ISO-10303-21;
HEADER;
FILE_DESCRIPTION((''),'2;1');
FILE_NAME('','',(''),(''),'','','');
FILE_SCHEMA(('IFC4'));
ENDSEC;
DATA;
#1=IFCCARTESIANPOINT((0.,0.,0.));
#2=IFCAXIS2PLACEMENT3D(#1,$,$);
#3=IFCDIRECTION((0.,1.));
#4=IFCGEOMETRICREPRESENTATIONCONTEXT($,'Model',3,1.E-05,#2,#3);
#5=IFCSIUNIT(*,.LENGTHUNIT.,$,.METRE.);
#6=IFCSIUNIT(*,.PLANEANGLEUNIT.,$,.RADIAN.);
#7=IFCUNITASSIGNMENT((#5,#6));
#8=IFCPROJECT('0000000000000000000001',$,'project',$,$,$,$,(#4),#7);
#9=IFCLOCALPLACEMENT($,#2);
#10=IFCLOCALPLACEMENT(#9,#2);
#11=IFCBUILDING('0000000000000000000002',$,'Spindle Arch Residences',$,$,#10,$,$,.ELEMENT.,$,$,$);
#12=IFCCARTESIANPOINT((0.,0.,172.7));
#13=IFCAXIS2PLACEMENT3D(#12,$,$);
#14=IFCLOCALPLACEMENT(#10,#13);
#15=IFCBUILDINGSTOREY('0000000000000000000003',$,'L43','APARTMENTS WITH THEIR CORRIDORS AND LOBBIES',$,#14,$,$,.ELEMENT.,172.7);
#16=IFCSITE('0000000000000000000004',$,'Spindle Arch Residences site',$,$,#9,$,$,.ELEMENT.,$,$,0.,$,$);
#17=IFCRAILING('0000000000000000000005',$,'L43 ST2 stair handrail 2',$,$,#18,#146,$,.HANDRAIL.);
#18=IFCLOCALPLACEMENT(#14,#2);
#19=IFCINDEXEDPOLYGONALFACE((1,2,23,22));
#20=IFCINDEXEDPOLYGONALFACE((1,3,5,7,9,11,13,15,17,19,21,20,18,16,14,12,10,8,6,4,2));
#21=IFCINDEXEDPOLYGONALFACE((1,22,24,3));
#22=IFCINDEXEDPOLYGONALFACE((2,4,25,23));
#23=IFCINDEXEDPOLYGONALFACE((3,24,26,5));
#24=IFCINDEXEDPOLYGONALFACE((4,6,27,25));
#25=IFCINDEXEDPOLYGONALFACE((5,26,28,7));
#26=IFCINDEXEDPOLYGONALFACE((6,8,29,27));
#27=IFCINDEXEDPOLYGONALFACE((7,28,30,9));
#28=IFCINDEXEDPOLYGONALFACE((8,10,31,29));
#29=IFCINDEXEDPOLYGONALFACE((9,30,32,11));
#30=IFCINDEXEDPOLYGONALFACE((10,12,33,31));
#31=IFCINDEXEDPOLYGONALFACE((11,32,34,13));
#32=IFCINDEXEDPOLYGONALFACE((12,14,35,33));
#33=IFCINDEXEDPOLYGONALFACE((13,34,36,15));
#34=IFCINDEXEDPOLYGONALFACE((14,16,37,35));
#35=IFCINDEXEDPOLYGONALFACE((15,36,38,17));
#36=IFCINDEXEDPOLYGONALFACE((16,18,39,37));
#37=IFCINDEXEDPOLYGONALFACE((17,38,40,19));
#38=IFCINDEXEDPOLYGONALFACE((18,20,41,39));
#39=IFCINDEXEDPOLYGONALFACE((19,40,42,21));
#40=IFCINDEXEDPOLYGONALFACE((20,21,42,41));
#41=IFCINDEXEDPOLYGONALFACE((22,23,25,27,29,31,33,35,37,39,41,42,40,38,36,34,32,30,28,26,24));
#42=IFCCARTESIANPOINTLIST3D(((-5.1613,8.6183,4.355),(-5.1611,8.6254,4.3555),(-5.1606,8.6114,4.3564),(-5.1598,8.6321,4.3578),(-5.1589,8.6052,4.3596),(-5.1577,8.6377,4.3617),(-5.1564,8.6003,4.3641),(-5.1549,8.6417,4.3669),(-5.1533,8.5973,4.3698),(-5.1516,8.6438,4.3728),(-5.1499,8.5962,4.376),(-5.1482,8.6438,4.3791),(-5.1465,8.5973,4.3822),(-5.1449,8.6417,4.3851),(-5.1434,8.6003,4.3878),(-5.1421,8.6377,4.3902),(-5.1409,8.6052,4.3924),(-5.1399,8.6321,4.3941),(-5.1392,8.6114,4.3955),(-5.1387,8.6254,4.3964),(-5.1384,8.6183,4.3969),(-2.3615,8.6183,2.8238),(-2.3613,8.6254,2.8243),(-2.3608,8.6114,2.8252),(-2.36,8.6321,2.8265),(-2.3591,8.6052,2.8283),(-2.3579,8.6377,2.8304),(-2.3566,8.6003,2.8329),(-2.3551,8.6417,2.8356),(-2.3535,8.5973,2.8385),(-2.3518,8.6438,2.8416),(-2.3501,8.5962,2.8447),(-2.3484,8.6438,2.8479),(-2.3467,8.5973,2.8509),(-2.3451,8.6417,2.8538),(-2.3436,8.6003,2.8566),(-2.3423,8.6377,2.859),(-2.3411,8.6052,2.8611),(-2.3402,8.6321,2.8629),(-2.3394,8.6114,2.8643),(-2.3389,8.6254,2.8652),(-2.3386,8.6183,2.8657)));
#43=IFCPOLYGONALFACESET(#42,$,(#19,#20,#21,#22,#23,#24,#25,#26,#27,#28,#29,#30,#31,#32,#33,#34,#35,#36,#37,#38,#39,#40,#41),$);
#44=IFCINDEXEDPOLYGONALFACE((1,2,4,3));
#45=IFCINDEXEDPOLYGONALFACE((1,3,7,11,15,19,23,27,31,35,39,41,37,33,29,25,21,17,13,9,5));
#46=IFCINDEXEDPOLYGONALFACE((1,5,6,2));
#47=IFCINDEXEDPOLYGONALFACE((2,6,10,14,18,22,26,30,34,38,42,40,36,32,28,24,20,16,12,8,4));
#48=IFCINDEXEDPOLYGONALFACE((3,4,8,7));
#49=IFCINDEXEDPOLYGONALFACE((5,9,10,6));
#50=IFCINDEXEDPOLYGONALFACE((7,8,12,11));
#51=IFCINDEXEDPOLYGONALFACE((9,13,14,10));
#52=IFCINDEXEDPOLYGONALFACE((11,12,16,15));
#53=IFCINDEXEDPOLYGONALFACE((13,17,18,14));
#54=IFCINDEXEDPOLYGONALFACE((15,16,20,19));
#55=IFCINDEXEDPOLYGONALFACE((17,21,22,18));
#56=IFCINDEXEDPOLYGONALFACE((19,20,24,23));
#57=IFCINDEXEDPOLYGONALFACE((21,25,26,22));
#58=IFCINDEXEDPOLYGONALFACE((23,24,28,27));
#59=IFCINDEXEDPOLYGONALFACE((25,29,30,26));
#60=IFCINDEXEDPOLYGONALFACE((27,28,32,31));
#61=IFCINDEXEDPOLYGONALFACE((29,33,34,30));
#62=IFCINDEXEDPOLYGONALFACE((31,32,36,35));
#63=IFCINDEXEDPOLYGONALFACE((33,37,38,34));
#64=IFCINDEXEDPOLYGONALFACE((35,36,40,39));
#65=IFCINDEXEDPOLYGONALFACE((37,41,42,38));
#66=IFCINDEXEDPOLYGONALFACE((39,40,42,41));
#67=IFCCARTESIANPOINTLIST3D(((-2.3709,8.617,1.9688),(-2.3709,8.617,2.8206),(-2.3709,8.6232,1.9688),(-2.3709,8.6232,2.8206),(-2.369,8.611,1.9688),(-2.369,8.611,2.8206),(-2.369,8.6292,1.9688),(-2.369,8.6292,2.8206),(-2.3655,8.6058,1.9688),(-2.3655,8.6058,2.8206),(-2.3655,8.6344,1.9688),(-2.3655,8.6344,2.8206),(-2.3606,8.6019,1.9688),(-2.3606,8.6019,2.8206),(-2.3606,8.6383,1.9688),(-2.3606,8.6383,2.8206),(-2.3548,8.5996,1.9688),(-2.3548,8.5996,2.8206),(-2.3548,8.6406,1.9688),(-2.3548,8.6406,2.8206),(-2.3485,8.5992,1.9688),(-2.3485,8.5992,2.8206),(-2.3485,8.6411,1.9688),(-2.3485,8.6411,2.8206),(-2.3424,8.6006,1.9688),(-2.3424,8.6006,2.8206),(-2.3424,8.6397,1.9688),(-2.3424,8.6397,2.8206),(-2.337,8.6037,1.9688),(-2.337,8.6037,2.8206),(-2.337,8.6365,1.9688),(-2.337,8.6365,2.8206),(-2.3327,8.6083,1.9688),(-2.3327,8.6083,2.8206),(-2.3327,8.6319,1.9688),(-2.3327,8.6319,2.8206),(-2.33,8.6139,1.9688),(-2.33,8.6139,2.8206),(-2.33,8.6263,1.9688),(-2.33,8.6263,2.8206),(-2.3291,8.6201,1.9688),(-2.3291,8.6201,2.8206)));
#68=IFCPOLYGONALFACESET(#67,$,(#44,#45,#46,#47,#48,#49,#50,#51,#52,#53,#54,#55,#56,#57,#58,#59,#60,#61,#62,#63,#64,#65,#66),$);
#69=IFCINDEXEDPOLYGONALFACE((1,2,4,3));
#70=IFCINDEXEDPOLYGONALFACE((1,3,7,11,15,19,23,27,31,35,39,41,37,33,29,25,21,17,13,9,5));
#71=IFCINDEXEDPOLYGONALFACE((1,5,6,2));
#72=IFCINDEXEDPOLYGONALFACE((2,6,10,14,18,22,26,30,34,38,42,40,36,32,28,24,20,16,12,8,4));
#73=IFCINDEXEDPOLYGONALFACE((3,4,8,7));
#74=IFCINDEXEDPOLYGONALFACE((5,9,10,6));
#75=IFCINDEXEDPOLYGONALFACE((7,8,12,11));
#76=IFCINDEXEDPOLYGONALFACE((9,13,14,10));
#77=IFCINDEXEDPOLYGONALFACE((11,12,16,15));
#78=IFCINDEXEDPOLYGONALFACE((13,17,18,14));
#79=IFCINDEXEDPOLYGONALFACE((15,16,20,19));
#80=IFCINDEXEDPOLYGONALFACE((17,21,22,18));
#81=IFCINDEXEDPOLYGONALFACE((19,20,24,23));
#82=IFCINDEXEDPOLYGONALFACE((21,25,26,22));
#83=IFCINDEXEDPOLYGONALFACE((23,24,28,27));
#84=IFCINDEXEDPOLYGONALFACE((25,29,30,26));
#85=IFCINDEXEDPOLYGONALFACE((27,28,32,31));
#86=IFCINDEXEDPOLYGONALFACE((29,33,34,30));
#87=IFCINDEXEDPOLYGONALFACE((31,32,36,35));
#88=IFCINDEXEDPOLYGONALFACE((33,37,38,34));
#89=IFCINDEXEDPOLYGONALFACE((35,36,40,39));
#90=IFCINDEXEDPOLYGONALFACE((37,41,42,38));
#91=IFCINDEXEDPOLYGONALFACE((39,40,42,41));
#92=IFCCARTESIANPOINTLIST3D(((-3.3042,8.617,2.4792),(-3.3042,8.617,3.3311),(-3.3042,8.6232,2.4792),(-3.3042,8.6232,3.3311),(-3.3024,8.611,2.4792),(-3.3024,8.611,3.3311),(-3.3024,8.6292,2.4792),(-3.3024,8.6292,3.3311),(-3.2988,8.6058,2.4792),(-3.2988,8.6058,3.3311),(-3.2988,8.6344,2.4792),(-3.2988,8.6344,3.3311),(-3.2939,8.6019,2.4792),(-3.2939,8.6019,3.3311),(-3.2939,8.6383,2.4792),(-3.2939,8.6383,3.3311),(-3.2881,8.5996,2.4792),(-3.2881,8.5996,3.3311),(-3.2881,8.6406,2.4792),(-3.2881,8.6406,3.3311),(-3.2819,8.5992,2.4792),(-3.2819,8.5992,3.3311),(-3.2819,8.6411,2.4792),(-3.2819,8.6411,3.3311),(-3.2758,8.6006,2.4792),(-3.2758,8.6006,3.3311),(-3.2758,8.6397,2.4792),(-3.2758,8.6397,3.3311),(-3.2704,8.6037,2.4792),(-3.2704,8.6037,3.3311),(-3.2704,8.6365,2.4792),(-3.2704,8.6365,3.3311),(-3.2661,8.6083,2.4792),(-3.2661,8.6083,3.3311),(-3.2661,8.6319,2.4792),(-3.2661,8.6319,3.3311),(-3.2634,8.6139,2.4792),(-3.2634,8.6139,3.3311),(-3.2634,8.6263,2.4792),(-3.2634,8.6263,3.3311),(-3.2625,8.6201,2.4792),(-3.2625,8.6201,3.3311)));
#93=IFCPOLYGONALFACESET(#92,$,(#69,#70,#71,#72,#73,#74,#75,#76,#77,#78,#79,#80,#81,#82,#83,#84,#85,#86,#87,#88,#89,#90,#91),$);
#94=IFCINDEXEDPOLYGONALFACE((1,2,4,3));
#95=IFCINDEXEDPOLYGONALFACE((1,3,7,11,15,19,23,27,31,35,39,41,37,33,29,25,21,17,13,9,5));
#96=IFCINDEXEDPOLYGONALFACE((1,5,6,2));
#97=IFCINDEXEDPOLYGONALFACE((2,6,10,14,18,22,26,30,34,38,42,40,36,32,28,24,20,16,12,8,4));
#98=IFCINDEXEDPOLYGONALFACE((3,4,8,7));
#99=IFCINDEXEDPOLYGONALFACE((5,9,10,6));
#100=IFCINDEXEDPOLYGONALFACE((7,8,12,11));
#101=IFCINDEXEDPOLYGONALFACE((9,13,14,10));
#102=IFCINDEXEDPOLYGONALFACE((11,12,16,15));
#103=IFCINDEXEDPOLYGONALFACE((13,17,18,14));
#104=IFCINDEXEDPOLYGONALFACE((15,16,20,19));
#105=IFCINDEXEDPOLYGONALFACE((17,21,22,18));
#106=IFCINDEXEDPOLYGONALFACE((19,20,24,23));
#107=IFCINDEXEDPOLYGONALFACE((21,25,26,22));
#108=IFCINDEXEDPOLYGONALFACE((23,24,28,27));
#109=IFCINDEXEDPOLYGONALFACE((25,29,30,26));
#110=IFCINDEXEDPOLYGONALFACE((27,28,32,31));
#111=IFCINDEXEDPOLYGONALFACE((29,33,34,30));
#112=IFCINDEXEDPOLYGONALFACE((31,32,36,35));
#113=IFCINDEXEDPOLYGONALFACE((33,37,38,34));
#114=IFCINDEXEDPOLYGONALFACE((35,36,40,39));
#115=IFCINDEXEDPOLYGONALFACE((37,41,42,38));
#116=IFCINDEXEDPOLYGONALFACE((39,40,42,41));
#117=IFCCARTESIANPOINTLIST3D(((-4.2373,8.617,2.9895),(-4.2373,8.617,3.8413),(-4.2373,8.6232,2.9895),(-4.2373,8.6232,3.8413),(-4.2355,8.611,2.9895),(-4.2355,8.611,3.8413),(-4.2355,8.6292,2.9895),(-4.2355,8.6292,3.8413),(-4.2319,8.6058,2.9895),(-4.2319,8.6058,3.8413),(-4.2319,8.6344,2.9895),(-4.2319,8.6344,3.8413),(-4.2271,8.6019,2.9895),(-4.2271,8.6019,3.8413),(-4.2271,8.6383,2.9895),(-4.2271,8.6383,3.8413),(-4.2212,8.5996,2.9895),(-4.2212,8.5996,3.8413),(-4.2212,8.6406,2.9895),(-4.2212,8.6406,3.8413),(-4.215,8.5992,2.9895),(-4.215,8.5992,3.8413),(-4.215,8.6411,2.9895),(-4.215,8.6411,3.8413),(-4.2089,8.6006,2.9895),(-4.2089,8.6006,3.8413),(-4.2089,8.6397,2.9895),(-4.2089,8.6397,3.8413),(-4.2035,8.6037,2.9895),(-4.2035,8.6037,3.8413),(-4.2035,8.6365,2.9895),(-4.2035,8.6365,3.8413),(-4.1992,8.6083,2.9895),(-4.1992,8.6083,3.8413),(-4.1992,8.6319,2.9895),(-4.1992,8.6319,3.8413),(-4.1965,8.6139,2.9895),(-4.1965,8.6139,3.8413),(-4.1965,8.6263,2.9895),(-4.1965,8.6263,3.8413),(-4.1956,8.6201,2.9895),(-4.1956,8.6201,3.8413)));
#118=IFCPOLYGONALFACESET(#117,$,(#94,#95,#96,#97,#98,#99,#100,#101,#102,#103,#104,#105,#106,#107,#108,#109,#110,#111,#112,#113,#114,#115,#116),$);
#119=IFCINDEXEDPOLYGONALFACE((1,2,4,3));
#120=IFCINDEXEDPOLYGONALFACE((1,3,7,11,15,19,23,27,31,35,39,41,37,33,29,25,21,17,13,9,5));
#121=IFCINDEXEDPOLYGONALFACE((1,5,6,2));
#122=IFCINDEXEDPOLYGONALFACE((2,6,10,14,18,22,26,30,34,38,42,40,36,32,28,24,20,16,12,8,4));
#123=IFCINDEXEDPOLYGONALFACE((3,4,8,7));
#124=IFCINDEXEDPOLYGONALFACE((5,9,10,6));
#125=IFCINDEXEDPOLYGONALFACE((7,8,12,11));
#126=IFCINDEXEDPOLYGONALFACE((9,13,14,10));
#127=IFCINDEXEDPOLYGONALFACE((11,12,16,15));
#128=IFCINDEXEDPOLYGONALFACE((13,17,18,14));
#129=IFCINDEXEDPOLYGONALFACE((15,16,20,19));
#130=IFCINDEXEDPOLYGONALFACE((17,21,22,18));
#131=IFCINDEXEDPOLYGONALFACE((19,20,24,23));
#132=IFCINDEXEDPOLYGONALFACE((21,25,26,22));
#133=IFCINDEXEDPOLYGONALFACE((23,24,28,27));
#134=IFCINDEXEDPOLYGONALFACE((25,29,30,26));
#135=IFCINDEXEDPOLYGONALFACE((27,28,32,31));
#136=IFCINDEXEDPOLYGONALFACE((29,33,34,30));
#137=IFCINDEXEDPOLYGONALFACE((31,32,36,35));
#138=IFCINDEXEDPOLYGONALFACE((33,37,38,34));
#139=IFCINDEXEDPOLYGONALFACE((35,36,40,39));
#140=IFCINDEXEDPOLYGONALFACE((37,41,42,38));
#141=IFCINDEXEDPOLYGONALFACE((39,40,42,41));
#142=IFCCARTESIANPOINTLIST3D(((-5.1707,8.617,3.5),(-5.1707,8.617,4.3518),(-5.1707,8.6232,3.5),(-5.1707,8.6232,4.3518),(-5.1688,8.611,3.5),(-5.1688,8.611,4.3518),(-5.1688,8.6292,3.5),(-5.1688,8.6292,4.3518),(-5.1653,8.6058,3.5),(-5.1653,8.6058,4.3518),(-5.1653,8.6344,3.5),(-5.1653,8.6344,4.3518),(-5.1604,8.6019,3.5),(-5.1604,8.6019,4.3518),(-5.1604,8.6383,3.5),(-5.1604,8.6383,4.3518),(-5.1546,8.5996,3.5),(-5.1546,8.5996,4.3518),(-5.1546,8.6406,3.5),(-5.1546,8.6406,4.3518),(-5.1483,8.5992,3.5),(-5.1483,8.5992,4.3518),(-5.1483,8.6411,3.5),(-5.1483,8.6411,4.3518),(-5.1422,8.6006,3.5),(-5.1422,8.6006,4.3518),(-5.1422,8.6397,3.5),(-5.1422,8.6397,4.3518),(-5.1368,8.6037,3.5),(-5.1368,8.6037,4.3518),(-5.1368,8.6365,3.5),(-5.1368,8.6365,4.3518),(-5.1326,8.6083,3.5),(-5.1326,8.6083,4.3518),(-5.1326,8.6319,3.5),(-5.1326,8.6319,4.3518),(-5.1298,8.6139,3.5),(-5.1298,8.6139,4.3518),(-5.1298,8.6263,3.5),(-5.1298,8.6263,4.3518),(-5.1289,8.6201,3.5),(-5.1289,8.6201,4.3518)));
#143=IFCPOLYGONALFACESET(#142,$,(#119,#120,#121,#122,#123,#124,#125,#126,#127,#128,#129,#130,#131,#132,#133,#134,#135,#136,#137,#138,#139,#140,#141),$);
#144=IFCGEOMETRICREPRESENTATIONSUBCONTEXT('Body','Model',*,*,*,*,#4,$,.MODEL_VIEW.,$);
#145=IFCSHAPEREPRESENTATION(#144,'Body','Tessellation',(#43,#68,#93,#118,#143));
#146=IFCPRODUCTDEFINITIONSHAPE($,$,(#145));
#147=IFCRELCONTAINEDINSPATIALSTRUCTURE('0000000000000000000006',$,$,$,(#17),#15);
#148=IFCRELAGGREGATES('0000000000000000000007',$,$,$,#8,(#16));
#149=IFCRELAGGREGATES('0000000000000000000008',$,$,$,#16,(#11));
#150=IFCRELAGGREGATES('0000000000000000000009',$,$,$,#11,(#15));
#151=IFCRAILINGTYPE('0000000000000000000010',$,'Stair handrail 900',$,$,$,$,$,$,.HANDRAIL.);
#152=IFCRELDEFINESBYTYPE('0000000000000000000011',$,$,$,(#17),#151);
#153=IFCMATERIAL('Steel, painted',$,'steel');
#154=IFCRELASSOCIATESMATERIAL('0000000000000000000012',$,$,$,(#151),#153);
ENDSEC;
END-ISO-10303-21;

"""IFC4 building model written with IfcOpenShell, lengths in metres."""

from ifc_helpers import new_model, si_unit, direction, frame, origin, origin_2d, place, context, subcontext, project, spatial, circle, extrude, material, type_object, element, save


model = new_model("IFC4")

# Units and contexts
model_context = context("Model", 3, precision=1e-05, world=origin(), true_north=direction((0.0, 1.0)))
body_context = subcontext(model_context, "Body", "Model", "MODEL_VIEW")
ifc_project = project(units=[si_unit("LENGTHUNIT", "METRE"), si_unit("PLANEANGLEUNIT", "RADIAN")], contexts=[model_context])

# Site, building, storey
site_placement = place(None, origin())
site = spatial("IfcSite", under=ifc_project, at=site_placement, Name="Spindle Arch Residences site", CompositionType="ELEMENT", RefElevation=0.0)
building_placement = place(site_placement, origin())
building = spatial("IfcBuilding", under=site, at=building_placement, Name="Spindle Arch Residences", CompositionType="ELEMENT")
storey_placement = place(building_placement, frame((0.0, 0.0, 172.7)))
storey = spatial("IfcBuildingStorey", under=building, at=storey_placement, Name="L43", Description="APARTMENTS WITH THEIR CORRIDORS AND LOBBIES", CompositionType="ELEMENT", Elevation=172.7)

# Railing
ifc_material_1 = material(Name="Steel, painted", Category="steel")
railing_type_1 = type_object("IfcRailingType", Name="Stair handrail 900", PredefinedType="HANDRAIL", material=ifc_material_1)
railing_1_placement = place(storey_placement, frame((-2.3501, 8.6201, 1.9688)))
element("IfcRailing", 1, at=railing_1_placement, inside=storey, type_object=railing_type_1, Name="L43 ST2 stair handrail 2", PredefinedType="HANDRAIL", context=body_context, shape_type="SweptSolid", body=[
    extrude(circle(Radius=0.0239, at=origin_2d()), frame((0.0, 0.0, 0.876), z_axis=(-0.877357, 0.0, 0.479838), x_axis=(0.0, -1.0, 0.0)), (0.0, 0.0, 1.0), 3.1912),
    extrude(circle(Radius=0.021, at=origin_2d()), origin(), (0.0, 0.0, 1.0), 0.8518),
    extrude(circle(Radius=0.021, at=origin_2d()), frame((-0.9333, 0.0, 0.5105)), (0.0, 0.0, 1.0), 0.8518),
    extrude(circle(Radius=0.021, at=origin_2d()), frame((-1.8665, 0.0, 1.0208)), (0.0, 0.0, 1.0), 0.8518),
    extrude(circle(Radius=0.021, at=origin_2d()), frame((-2.7998, 0.0, 1.5312)), (0.0, 0.0, 1.0), 0.8518),
])

save(model, "model.ifc")
